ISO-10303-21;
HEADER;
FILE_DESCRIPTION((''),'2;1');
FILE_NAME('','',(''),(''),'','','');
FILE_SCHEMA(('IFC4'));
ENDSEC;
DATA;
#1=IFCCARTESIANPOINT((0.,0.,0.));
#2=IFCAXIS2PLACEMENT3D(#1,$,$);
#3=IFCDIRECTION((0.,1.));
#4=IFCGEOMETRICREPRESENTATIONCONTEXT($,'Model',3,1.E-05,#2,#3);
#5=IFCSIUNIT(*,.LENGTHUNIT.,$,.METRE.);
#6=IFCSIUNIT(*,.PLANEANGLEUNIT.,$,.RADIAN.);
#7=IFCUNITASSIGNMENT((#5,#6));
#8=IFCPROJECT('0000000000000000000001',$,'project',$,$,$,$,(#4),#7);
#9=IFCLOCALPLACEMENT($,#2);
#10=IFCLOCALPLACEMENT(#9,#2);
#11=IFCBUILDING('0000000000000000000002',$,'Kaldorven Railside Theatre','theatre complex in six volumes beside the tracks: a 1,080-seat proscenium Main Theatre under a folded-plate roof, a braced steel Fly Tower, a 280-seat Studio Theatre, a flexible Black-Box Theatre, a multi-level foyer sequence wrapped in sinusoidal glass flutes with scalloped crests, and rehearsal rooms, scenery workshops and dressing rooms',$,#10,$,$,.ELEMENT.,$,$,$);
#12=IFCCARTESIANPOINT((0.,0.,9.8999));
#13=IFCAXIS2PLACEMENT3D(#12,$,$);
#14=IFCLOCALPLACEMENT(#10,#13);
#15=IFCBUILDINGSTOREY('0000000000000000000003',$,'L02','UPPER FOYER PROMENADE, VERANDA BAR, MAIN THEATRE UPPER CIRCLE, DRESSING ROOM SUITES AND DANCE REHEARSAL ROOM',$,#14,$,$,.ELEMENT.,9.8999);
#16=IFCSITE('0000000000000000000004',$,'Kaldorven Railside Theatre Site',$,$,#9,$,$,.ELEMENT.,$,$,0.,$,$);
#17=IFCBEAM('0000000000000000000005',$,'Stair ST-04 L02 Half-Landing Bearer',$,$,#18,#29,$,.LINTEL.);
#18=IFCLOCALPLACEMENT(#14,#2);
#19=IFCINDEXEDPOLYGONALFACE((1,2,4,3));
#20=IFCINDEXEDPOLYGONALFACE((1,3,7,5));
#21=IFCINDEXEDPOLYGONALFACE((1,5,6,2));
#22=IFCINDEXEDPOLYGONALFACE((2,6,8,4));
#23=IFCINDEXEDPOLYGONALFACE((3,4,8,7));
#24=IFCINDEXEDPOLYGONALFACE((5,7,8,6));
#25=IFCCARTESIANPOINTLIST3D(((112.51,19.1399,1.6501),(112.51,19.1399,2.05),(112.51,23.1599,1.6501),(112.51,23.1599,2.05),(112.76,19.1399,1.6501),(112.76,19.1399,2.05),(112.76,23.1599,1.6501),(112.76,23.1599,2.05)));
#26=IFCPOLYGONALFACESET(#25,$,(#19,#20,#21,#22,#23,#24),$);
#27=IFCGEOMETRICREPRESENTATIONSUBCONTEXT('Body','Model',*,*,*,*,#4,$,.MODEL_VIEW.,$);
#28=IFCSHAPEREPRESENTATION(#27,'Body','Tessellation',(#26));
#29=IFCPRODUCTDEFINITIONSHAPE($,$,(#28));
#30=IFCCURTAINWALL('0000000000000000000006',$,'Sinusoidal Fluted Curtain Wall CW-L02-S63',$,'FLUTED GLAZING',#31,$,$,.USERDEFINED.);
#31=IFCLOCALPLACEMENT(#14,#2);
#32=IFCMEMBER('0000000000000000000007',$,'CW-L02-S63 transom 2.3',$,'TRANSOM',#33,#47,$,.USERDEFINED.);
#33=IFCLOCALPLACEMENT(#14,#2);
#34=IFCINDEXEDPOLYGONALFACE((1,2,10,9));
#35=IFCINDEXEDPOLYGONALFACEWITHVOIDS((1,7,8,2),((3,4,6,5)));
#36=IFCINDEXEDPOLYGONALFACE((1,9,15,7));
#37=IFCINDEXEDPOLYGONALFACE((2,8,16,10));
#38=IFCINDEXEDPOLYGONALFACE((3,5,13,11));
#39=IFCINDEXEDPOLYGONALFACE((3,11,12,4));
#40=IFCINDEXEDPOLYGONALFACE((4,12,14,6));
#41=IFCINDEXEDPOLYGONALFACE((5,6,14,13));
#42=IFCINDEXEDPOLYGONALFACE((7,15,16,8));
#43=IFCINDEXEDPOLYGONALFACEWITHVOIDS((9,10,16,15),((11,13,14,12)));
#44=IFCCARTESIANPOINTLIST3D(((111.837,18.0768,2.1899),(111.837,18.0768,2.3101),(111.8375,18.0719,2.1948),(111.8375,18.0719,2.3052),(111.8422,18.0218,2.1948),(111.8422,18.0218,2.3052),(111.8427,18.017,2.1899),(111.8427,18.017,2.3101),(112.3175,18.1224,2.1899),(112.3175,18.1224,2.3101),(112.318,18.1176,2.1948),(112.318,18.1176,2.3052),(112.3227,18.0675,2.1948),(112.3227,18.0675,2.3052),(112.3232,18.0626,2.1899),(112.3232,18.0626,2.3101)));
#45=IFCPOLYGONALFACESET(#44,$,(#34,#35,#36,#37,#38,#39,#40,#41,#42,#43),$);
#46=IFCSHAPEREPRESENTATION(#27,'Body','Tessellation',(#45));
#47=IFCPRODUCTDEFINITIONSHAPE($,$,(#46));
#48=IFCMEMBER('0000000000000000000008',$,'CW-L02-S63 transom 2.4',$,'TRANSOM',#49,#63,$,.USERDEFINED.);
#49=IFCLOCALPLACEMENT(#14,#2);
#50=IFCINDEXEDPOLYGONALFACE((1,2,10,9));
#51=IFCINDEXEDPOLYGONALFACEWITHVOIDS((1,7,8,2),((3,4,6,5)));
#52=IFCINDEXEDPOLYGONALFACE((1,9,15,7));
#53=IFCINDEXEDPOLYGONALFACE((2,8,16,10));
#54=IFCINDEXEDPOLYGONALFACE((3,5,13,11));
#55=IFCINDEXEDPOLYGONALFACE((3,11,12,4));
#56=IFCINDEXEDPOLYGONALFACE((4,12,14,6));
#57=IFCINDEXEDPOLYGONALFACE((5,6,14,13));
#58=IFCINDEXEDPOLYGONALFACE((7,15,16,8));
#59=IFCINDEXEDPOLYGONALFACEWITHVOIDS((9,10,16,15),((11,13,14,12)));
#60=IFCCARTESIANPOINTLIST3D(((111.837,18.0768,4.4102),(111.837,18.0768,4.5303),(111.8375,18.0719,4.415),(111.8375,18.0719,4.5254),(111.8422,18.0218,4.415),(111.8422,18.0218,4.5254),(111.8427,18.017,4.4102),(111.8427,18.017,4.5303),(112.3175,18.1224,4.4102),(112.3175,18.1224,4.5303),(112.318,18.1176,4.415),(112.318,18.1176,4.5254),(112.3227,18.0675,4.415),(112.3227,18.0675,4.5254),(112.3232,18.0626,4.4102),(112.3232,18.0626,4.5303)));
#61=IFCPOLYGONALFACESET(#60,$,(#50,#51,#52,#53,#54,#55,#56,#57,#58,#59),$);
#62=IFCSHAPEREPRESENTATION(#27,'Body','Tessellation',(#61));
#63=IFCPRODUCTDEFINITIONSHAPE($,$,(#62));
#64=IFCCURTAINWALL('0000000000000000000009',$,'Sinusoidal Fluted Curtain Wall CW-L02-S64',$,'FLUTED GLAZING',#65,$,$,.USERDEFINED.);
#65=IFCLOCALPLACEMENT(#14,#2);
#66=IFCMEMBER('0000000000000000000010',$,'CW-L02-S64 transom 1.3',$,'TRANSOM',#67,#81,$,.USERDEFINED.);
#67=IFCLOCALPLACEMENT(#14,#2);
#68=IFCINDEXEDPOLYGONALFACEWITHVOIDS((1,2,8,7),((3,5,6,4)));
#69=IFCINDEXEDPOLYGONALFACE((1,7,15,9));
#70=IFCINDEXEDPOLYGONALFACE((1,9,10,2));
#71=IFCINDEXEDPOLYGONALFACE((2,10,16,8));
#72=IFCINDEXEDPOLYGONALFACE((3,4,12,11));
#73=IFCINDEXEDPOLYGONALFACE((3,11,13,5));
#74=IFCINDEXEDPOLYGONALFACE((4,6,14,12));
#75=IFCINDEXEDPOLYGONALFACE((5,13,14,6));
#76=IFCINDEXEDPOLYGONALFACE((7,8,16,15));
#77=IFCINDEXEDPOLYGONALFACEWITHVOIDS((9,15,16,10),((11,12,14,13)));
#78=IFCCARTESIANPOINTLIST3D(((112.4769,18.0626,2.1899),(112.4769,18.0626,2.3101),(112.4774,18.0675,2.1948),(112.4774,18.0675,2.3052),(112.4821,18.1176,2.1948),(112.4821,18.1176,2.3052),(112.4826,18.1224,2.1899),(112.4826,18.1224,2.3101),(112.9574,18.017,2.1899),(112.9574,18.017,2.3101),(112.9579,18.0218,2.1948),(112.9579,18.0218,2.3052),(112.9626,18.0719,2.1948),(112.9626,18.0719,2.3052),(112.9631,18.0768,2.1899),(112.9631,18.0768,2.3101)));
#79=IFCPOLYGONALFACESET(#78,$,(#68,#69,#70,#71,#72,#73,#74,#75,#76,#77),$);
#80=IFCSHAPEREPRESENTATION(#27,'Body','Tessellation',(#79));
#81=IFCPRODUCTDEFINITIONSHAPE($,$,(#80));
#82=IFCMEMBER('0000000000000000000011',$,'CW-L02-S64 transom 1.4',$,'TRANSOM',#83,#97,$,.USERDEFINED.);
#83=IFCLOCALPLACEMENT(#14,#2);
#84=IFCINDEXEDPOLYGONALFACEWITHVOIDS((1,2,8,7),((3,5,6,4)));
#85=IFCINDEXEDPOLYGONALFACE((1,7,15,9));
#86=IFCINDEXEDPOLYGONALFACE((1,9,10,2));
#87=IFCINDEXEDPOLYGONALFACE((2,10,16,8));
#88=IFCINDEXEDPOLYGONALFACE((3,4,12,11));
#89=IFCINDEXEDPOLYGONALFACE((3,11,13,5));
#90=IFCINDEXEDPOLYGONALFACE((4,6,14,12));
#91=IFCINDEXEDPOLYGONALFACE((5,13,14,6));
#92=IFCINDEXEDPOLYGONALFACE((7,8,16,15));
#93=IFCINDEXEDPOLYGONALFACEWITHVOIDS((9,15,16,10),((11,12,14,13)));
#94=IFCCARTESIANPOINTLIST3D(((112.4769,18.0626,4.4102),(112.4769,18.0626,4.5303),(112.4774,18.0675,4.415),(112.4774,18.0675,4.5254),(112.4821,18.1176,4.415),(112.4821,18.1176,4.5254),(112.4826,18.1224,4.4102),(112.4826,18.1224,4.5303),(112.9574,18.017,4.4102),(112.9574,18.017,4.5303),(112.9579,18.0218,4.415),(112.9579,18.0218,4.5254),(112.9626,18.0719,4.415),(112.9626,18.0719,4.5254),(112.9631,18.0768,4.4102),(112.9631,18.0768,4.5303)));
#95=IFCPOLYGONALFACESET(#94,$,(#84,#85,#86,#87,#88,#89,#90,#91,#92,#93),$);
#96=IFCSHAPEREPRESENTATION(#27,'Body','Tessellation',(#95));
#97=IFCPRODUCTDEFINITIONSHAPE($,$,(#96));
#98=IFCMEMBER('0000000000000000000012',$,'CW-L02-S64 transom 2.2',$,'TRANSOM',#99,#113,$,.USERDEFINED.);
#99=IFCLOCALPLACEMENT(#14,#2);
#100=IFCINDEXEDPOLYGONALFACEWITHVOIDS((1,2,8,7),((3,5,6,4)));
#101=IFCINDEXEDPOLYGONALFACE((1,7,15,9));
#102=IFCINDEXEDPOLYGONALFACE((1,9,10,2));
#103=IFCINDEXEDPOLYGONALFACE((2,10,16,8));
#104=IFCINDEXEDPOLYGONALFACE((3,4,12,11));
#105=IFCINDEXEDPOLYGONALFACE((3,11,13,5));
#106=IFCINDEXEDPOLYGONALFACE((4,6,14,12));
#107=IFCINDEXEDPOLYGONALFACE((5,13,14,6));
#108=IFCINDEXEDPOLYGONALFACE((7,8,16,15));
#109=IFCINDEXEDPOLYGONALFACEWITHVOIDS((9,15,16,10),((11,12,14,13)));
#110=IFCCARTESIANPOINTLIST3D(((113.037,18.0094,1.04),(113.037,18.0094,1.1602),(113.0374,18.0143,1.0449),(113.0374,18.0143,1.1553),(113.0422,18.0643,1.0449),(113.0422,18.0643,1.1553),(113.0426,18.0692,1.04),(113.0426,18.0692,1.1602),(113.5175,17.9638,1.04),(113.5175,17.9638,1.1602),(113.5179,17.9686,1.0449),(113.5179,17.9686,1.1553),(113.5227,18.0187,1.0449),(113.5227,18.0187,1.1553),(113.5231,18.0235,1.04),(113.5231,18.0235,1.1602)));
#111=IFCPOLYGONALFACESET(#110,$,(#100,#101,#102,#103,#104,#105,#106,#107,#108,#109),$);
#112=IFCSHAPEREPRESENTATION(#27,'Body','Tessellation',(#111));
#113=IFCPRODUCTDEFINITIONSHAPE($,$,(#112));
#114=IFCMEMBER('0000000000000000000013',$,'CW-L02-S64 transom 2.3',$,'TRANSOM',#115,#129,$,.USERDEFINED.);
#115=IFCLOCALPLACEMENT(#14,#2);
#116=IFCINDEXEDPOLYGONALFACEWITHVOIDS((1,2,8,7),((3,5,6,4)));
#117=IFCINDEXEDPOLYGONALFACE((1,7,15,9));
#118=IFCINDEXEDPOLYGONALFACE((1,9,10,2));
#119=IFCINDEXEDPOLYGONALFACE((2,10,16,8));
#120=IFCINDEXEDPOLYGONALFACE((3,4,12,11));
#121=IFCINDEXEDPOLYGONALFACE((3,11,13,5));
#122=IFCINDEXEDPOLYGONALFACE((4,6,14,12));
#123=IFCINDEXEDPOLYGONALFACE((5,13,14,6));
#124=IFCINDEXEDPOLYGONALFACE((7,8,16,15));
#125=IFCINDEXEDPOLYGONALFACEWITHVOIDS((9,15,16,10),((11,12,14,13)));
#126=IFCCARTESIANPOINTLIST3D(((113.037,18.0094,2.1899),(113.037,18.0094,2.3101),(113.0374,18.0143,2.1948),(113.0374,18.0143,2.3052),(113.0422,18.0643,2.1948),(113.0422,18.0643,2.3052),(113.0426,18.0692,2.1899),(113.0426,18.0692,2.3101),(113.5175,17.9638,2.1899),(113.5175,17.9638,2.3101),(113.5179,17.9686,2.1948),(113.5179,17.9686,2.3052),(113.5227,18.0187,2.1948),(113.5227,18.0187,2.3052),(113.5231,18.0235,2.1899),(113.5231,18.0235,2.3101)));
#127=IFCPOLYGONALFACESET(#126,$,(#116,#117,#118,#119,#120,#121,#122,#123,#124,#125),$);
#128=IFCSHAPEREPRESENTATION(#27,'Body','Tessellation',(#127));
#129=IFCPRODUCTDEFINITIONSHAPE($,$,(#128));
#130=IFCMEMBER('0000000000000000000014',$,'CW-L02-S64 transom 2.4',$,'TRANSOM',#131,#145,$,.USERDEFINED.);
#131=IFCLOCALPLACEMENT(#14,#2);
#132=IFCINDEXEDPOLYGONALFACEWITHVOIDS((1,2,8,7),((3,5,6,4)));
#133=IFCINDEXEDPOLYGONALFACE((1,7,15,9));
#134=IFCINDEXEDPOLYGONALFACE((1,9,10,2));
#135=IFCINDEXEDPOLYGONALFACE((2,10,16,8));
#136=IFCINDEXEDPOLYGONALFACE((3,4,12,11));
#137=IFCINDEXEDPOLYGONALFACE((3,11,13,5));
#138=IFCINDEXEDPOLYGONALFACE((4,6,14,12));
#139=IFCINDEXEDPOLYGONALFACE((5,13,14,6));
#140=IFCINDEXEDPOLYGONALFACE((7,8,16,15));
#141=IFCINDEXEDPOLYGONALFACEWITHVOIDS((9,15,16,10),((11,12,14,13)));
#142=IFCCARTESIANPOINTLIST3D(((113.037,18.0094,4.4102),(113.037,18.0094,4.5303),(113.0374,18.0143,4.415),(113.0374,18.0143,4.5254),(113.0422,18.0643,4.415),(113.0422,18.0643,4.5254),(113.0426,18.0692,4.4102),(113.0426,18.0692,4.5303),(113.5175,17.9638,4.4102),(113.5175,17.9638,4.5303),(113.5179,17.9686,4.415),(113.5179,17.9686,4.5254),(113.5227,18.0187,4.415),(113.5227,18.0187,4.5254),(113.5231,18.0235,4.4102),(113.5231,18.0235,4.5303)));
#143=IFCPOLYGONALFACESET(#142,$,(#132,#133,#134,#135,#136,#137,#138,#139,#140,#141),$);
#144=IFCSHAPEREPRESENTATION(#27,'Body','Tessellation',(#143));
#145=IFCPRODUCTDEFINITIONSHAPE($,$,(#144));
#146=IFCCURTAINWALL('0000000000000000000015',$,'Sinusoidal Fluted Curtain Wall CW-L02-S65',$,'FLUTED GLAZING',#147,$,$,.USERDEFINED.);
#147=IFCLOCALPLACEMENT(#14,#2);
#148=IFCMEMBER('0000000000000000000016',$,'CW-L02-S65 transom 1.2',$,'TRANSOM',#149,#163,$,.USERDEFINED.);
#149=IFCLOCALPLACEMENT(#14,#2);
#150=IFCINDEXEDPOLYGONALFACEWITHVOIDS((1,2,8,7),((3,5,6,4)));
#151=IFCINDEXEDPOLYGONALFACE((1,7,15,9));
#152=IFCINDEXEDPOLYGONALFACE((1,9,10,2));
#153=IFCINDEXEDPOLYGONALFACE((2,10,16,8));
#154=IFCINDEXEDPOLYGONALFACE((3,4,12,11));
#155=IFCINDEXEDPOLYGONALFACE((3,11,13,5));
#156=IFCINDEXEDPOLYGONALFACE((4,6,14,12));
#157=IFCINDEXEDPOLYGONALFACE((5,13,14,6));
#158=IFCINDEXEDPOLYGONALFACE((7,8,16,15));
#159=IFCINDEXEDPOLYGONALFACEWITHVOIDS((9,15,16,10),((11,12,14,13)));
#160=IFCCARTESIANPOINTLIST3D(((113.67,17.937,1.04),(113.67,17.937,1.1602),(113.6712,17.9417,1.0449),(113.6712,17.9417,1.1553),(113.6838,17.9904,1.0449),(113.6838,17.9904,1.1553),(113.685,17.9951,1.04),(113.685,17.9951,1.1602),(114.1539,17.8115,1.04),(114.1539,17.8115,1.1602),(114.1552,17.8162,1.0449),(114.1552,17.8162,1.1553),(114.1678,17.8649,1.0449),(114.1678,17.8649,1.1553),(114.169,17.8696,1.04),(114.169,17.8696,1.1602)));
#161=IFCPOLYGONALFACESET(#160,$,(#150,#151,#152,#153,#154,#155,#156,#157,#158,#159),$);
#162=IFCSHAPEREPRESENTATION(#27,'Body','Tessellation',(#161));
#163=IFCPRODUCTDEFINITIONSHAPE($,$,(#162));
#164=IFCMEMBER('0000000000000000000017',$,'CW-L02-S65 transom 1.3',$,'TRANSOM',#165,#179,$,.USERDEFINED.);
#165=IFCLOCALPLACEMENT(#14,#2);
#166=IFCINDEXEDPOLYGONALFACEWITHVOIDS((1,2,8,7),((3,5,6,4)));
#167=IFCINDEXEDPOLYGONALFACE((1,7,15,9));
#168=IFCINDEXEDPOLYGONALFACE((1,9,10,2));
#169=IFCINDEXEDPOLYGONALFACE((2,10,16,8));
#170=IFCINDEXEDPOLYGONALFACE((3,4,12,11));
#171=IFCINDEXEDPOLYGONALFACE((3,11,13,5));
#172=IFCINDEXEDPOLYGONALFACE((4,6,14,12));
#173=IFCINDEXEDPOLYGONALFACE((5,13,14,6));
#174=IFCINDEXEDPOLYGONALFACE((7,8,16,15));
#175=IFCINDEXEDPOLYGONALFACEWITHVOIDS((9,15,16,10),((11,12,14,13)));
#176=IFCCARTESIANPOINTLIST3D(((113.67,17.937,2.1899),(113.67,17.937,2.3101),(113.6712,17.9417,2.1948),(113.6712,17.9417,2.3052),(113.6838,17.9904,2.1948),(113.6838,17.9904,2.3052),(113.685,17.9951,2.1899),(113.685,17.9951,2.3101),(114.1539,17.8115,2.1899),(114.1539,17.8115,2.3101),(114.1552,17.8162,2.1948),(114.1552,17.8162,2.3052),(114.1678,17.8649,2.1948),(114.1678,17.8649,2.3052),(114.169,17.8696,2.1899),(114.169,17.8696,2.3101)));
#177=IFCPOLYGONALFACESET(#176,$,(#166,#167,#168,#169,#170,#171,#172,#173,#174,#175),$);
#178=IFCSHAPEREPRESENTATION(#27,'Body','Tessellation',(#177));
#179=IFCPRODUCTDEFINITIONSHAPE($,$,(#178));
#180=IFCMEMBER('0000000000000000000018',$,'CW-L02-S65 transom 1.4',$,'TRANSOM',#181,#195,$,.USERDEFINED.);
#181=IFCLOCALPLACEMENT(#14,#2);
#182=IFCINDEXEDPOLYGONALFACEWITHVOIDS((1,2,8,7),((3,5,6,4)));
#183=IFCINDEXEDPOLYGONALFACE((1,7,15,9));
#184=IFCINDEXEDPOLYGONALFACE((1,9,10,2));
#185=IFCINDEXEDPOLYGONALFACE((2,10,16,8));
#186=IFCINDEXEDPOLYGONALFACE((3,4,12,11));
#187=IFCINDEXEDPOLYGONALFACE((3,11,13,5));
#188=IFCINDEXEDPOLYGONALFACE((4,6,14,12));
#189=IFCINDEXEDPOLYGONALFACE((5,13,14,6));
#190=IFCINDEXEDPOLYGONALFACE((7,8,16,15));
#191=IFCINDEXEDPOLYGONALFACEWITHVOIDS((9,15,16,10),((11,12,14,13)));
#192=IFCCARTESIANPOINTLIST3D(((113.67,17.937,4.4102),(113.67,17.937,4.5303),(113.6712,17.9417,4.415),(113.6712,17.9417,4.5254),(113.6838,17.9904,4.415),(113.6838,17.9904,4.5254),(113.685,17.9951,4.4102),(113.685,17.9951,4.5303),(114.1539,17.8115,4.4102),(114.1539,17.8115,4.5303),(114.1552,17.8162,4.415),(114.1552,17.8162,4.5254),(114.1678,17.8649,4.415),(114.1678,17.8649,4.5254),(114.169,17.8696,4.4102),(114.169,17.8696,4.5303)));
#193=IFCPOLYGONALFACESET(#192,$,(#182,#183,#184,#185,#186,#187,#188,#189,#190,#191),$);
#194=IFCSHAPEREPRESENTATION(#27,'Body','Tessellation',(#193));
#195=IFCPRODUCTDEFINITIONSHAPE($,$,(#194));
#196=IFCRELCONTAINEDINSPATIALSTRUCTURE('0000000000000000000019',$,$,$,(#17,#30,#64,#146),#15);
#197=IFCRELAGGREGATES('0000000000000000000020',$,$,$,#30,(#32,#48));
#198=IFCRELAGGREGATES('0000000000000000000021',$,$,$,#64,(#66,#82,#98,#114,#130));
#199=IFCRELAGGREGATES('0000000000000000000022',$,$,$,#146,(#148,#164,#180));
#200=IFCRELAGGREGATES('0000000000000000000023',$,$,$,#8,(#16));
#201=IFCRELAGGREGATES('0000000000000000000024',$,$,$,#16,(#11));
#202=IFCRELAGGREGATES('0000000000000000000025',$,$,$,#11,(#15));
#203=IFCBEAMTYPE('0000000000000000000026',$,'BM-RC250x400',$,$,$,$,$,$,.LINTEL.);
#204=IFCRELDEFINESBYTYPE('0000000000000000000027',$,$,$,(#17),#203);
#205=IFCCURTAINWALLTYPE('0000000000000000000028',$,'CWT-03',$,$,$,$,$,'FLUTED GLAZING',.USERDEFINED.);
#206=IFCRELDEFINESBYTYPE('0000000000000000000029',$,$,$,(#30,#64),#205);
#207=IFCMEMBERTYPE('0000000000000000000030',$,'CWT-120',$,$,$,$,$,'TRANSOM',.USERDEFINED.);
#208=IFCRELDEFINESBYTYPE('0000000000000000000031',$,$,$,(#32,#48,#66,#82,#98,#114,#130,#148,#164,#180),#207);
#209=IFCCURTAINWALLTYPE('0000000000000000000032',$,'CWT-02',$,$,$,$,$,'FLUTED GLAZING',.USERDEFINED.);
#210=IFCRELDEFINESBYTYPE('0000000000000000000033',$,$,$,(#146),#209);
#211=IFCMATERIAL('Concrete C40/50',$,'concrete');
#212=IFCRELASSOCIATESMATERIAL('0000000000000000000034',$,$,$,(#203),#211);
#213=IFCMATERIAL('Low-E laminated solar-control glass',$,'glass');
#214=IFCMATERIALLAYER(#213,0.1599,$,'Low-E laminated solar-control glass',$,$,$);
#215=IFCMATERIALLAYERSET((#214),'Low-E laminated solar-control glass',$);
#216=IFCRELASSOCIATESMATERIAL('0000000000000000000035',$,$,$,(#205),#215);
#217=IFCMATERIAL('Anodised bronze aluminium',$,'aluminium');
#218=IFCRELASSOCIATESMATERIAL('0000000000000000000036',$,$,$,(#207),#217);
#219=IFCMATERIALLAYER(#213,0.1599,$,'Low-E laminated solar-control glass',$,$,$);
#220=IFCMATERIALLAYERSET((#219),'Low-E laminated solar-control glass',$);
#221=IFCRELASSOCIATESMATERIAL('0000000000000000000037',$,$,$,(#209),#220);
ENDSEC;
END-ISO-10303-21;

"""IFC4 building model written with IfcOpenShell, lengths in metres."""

from ifc_helpers import new_model, si_unit, direction, frame, origin, origin_2d, place, context, subcontext, project, spatial, rectangle, hollow_rectangle, extrude, material, layer, layer_set, material_profile, profile_set, type_object, element, aggregate, save


model = new_model("IFC4")

# Units and contexts
model_context = context("Model", 3, precision=1e-05, world=origin(), true_north=direction((0.0, 1.0)))
body_context = subcontext(model_context, "Body", "Model", "MODEL_VIEW")
ifc_project = project(units=[si_unit("LENGTHUNIT", "METRE"), si_unit("PLANEANGLEUNIT", "RADIAN")], contexts=[model_context])

# Site, building, storey
site_placement = place(None, origin())
site = spatial("IfcSite", under=ifc_project, at=site_placement, Name="Kaldorven Railside Theatre Site", CompositionType="ELEMENT", RefElevation=0.0)
building_placement = place(site_placement, origin())
building = spatial("IfcBuilding", under=site, at=building_placement, Name="Kaldorven Railside Theatre", Description="theatre complex in six volumes beside the tracks: a 1,080-seat proscenium Main Theatre under a folded-plate roof, a braced steel Fly Tower, a 280-seat Studio Theatre, a flexible Black-Box Theatre, a multi-level foyer sequence wrapped in sinusoidal glass flutes with scalloped crests, and rehearsal rooms, scenery workshops and dressing rooms", CompositionType="ELEMENT")
storey_placement = place(building_placement, frame((0.0, 0.0, 9.8999)))
storey = spatial("IfcBuildingStorey", under=building, at=storey_placement, Name="L02", Description="UPPER FOYER PROMENADE, VERANDA BAR, MAIN THEATRE UPPER CIRCLE, DRESSING ROOM SUITES AND DANCE REHEARSAL ROOM", CompositionType="ELEMENT", Elevation=9.8999)

# Beam
ifc_material_1 = material(Name="Concrete C40/50", Category="concrete")
ifc_material_profile_1 = material_profile(ifc_material_1, rectangle(XDim=0.25, YDim=0.3999, at=origin_2d()), Name="RC 250x400")
ifc_profile_set_1 = profile_set([ifc_material_profile_1], Name="Concrete C40/50")
beam_type = type_object("IfcBeamType", Name="BM-RC250x400", PredefinedType="LINTEL", material=ifc_profile_set_1)
beam_placement = place(storey_placement, frame((112.635, 19.1399, 1.8501), z_axis=(0.0, 1.0, 0.0), x_axis=(-1.0, 0.0, 0.0)))
element("IfcBeam", 1, at=beam_placement, inside=storey, type_object=beam_type, Name="Stair ST-04 L02 Half-Landing Bearer", PredefinedType="LINTEL", context=body_context, shape_type="SweptSolid", body=[
    extrude(rectangle(XDim=0.25, YDim=0.3999, at=origin_2d()), origin(), (0.0, 0.0, 1.0), 4.02),
])

# Curtain walls, members
ifc_material_2 = material(Name="Low-E laminated solar-control glass", Category="glass")
ifc_layer_1 = layer(ifc_material_2, 0.1599, Name="Low-E laminated solar-control glass")
ifc_layer_set_1 = layer_set([ifc_layer_1], Name="Low-E laminated solar-control glass")
curtain_wall_type_1 = type_object("IfcCurtainWallType", Name="CWT-03", ElementType="FLUTED GLAZING", PredefinedType="USERDEFINED", material=ifc_layer_set_1)
curtain_wall_1_placement = place(storey_placement, origin())
curtain_wall_1 = element("IfcCurtainWall", 2, at=curtain_wall_1_placement, inside=storey, type_object=curtain_wall_type_1, Name="Sinusoidal Fluted Curtain Wall CW-L02-S63", ObjectType="FLUTED GLAZING", PredefinedType="USERDEFINED")
ifc_material_3 = material(Name="Anodised bronze aluminium", Category="aluminium")
ifc_material_profile_2 = material_profile(ifc_material_3, hollow_rectangle(XDim=0.0601, YDim=0.1201, WallThickness=0.0049, at=origin_2d()), Name="RHS 120x60x5")
ifc_profile_set_2 = profile_set([ifc_material_profile_2], Name="Anodised bronze aluminium")
member_type = type_object("IfcMemberType", Name="CWT-120", ElementType="TRANSOM", PredefinedType="USERDEFINED", material=ifc_profile_set_2)
member_1_placement = place(storey_placement, frame((111.8398, 18.0469, 2.25), z_axis=(0.995516, 0.094594, 0.0), x_axis=(-0.094594, 0.995516, 0.0)))
member_1 = element("IfcMember", 3, at=member_1_placement, type_object=member_type, Name="CW-L02-S63 transom 2.3", ObjectType="TRANSOM", PredefinedType="USERDEFINED", context=body_context, shape_type="SweptSolid", body=[
    extrude(hollow_rectangle(XDim=0.0601, YDim=0.1201, WallThickness=0.0049, at=origin_2d()), origin(), (0.0, 0.0, 1.0), 0.4827),
])
member_2_placement = place(storey_placement, frame((111.8398, 18.0469, 4.4702), z_axis=(0.995516, 0.094594, 0.0), x_axis=(-0.094594, 0.995516, 0.0)))
member_2 = element("IfcMember", 4, at=member_2_placement, type_object=member_type, Name="CW-L02-S63 transom 2.4", ObjectType="TRANSOM", PredefinedType="USERDEFINED", context=body_context, shape_type="SweptSolid", body=[
    extrude(hollow_rectangle(XDim=0.0601, YDim=0.1201, WallThickness=0.0049, at=origin_2d()), origin(), (0.0, 0.0, 1.0), 0.4827),
])
curtain_wall_2_placement = place(storey_placement, origin())
curtain_wall_2 = element("IfcCurtainWall", 5, at=curtain_wall_2_placement, inside=storey, type_object=curtain_wall_type_1, Name="Sinusoidal Fluted Curtain Wall CW-L02-S64", ObjectType="FLUTED GLAZING", PredefinedType="USERDEFINED")
member_3_placement = place(storey_placement, frame((112.4797, 18.0925, 2.25), z_axis=(0.995516, -0.094594, 0.0), x_axis=(0.094594, 0.995516, 0.0)))
member_3 = element("IfcMember", 6, at=member_3_placement, type_object=member_type, Name="CW-L02-S64 transom 1.3", ObjectType="TRANSOM", PredefinedType="USERDEFINED", context=body_context, shape_type="SweptSolid", body=[
    extrude(hollow_rectangle(XDim=0.0601, YDim=0.1201, WallThickness=0.0049, at=origin_2d()), origin(), (0.0, 0.0, 1.0), 0.4827),
])
member_4_placement = place(storey_placement, frame((112.4797, 18.0925, 4.4702), z_axis=(0.995516, -0.094594, 0.0), x_axis=(0.094594, 0.995516, 0.0)))
member_4 = element("IfcMember", 7, at=member_4_placement, type_object=member_type, Name="CW-L02-S64 transom 1.4", ObjectType="TRANSOM", PredefinedType="USERDEFINED", context=body_context, shape_type="SweptSolid", body=[
    extrude(hollow_rectangle(XDim=0.0601, YDim=0.1201, WallThickness=0.0049, at=origin_2d()), origin(), (0.0, 0.0, 1.0), 0.4827),
])
member_5_placement = place(storey_placement, frame((113.0398, 18.0393, 1.1001), z_axis=(0.995516, -0.094594, 0.0), x_axis=(0.094594, 0.995516, 0.0)))
member_5 = element("IfcMember", 8, at=member_5_placement, type_object=member_type, Name="CW-L02-S64 transom 2.2", ObjectType="TRANSOM", PredefinedType="USERDEFINED", context=body_context, shape_type="SweptSolid", body=[
    extrude(hollow_rectangle(XDim=0.0601, YDim=0.1201, WallThickness=0.0049, at=origin_2d()), origin(), (0.0, 0.0, 1.0), 0.4827),
])
member_6_placement = place(storey_placement, frame((113.0398, 18.0393, 2.25), z_axis=(0.995516, -0.094594, 0.0), x_axis=(0.094594, 0.995516, 0.0)))
member_6 = element("IfcMember", 9, at=member_6_placement, type_object=member_type, Name="CW-L02-S64 transom 2.3", ObjectType="TRANSOM", PredefinedType="USERDEFINED", context=body_context, shape_type="SweptSolid", body=[
    extrude(hollow_rectangle(XDim=0.0601, YDim=0.1201, WallThickness=0.0049, at=origin_2d()), origin(), (0.0, 0.0, 1.0), 0.4827),
])
member_7_placement = place(storey_placement, frame((113.0398, 18.0393, 4.4702), z_axis=(0.995516, -0.094594, 0.0), x_axis=(0.094594, 0.995516, 0.0)))
member_7 = element("IfcMember", 10, at=member_7_placement, type_object=member_type, Name="CW-L02-S64 transom 2.4", ObjectType="TRANSOM", PredefinedType="USERDEFINED", context=body_context, shape_type="SweptSolid", body=[
    extrude(hollow_rectangle(XDim=0.0601, YDim=0.1201, WallThickness=0.0049, at=origin_2d()), origin(), (0.0, 0.0, 1.0), 0.4827),
])
ifc_layer_2 = layer(ifc_material_2, 0.1599, Name="Low-E laminated solar-control glass")
ifc_layer_set_2 = layer_set([ifc_layer_2], Name="Low-E laminated solar-control glass")
curtain_wall_type_2 = type_object("IfcCurtainWallType", Name="CWT-02", ElementType="FLUTED GLAZING", PredefinedType="USERDEFINED", material=ifc_layer_set_2)
curtain_wall_3_placement = place(storey_placement, origin())
curtain_wall_3 = element("IfcCurtainWall", 11, at=curtain_wall_3_placement, inside=storey, type_object=curtain_wall_type_2, Name="Sinusoidal Fluted Curtain Wall CW-L02-S65", ObjectType="FLUTED GLAZING", PredefinedType="USERDEFINED")
member_8_placement = place(storey_placement, frame((113.6775, 17.9661, 1.1001), z_axis=(0.967979, -0.25103, 0.0), x_axis=(0.25103, 0.967979, 0.0)))
member_8 = element("IfcMember", 12, at=member_8_placement, type_object=member_type, Name="CW-L02-S65 transom 1.2", ObjectType="TRANSOM", PredefinedType="USERDEFINED", context=body_context, shape_type="SweptSolid", body=[
    extrude(hollow_rectangle(XDim=0.0601, YDim=0.1201, WallThickness=0.0049, at=origin_2d()), origin(), (0.0, 0.0, 1.0), 0.5),
])
member_9_placement = place(storey_placement, frame((113.6775, 17.9661, 2.25), z_axis=(0.967979, -0.25103, 0.0), x_axis=(0.25103, 0.967979, 0.0)))
member_9 = element("IfcMember", 13, at=member_9_placement, type_object=member_type, Name="CW-L02-S65 transom 1.3", ObjectType="TRANSOM", PredefinedType="USERDEFINED", context=body_context, shape_type="SweptSolid", body=[
    extrude(hollow_rectangle(XDim=0.0601, YDim=0.1201, WallThickness=0.0049, at=origin_2d()), origin(), (0.0, 0.0, 1.0), 0.5),
])
member_10_placement = place(storey_placement, frame((113.6775, 17.9661, 4.4702), z_axis=(0.967979, -0.25103, 0.0), x_axis=(0.25103, 0.967979, 0.0)))
member_10 = element("IfcMember", 14, at=member_10_placement, type_object=member_type, Name="CW-L02-S65 transom 1.4", ObjectType="TRANSOM", PredefinedType="USERDEFINED", context=body_context, shape_type="SweptSolid", body=[
    extrude(hollow_rectangle(XDim=0.0601, YDim=0.1201, WallThickness=0.0049, at=origin_2d()), origin(), (0.0, 0.0, 1.0), 0.5),
])

aggregate(curtain_wall_1, [member_1, member_2])
aggregate(curtain_wall_2, [member_3, member_4, member_5, member_6, member_7])
aggregate(curtain_wall_3, [member_8, member_9, member_10])

save(model, "model.ifc")
